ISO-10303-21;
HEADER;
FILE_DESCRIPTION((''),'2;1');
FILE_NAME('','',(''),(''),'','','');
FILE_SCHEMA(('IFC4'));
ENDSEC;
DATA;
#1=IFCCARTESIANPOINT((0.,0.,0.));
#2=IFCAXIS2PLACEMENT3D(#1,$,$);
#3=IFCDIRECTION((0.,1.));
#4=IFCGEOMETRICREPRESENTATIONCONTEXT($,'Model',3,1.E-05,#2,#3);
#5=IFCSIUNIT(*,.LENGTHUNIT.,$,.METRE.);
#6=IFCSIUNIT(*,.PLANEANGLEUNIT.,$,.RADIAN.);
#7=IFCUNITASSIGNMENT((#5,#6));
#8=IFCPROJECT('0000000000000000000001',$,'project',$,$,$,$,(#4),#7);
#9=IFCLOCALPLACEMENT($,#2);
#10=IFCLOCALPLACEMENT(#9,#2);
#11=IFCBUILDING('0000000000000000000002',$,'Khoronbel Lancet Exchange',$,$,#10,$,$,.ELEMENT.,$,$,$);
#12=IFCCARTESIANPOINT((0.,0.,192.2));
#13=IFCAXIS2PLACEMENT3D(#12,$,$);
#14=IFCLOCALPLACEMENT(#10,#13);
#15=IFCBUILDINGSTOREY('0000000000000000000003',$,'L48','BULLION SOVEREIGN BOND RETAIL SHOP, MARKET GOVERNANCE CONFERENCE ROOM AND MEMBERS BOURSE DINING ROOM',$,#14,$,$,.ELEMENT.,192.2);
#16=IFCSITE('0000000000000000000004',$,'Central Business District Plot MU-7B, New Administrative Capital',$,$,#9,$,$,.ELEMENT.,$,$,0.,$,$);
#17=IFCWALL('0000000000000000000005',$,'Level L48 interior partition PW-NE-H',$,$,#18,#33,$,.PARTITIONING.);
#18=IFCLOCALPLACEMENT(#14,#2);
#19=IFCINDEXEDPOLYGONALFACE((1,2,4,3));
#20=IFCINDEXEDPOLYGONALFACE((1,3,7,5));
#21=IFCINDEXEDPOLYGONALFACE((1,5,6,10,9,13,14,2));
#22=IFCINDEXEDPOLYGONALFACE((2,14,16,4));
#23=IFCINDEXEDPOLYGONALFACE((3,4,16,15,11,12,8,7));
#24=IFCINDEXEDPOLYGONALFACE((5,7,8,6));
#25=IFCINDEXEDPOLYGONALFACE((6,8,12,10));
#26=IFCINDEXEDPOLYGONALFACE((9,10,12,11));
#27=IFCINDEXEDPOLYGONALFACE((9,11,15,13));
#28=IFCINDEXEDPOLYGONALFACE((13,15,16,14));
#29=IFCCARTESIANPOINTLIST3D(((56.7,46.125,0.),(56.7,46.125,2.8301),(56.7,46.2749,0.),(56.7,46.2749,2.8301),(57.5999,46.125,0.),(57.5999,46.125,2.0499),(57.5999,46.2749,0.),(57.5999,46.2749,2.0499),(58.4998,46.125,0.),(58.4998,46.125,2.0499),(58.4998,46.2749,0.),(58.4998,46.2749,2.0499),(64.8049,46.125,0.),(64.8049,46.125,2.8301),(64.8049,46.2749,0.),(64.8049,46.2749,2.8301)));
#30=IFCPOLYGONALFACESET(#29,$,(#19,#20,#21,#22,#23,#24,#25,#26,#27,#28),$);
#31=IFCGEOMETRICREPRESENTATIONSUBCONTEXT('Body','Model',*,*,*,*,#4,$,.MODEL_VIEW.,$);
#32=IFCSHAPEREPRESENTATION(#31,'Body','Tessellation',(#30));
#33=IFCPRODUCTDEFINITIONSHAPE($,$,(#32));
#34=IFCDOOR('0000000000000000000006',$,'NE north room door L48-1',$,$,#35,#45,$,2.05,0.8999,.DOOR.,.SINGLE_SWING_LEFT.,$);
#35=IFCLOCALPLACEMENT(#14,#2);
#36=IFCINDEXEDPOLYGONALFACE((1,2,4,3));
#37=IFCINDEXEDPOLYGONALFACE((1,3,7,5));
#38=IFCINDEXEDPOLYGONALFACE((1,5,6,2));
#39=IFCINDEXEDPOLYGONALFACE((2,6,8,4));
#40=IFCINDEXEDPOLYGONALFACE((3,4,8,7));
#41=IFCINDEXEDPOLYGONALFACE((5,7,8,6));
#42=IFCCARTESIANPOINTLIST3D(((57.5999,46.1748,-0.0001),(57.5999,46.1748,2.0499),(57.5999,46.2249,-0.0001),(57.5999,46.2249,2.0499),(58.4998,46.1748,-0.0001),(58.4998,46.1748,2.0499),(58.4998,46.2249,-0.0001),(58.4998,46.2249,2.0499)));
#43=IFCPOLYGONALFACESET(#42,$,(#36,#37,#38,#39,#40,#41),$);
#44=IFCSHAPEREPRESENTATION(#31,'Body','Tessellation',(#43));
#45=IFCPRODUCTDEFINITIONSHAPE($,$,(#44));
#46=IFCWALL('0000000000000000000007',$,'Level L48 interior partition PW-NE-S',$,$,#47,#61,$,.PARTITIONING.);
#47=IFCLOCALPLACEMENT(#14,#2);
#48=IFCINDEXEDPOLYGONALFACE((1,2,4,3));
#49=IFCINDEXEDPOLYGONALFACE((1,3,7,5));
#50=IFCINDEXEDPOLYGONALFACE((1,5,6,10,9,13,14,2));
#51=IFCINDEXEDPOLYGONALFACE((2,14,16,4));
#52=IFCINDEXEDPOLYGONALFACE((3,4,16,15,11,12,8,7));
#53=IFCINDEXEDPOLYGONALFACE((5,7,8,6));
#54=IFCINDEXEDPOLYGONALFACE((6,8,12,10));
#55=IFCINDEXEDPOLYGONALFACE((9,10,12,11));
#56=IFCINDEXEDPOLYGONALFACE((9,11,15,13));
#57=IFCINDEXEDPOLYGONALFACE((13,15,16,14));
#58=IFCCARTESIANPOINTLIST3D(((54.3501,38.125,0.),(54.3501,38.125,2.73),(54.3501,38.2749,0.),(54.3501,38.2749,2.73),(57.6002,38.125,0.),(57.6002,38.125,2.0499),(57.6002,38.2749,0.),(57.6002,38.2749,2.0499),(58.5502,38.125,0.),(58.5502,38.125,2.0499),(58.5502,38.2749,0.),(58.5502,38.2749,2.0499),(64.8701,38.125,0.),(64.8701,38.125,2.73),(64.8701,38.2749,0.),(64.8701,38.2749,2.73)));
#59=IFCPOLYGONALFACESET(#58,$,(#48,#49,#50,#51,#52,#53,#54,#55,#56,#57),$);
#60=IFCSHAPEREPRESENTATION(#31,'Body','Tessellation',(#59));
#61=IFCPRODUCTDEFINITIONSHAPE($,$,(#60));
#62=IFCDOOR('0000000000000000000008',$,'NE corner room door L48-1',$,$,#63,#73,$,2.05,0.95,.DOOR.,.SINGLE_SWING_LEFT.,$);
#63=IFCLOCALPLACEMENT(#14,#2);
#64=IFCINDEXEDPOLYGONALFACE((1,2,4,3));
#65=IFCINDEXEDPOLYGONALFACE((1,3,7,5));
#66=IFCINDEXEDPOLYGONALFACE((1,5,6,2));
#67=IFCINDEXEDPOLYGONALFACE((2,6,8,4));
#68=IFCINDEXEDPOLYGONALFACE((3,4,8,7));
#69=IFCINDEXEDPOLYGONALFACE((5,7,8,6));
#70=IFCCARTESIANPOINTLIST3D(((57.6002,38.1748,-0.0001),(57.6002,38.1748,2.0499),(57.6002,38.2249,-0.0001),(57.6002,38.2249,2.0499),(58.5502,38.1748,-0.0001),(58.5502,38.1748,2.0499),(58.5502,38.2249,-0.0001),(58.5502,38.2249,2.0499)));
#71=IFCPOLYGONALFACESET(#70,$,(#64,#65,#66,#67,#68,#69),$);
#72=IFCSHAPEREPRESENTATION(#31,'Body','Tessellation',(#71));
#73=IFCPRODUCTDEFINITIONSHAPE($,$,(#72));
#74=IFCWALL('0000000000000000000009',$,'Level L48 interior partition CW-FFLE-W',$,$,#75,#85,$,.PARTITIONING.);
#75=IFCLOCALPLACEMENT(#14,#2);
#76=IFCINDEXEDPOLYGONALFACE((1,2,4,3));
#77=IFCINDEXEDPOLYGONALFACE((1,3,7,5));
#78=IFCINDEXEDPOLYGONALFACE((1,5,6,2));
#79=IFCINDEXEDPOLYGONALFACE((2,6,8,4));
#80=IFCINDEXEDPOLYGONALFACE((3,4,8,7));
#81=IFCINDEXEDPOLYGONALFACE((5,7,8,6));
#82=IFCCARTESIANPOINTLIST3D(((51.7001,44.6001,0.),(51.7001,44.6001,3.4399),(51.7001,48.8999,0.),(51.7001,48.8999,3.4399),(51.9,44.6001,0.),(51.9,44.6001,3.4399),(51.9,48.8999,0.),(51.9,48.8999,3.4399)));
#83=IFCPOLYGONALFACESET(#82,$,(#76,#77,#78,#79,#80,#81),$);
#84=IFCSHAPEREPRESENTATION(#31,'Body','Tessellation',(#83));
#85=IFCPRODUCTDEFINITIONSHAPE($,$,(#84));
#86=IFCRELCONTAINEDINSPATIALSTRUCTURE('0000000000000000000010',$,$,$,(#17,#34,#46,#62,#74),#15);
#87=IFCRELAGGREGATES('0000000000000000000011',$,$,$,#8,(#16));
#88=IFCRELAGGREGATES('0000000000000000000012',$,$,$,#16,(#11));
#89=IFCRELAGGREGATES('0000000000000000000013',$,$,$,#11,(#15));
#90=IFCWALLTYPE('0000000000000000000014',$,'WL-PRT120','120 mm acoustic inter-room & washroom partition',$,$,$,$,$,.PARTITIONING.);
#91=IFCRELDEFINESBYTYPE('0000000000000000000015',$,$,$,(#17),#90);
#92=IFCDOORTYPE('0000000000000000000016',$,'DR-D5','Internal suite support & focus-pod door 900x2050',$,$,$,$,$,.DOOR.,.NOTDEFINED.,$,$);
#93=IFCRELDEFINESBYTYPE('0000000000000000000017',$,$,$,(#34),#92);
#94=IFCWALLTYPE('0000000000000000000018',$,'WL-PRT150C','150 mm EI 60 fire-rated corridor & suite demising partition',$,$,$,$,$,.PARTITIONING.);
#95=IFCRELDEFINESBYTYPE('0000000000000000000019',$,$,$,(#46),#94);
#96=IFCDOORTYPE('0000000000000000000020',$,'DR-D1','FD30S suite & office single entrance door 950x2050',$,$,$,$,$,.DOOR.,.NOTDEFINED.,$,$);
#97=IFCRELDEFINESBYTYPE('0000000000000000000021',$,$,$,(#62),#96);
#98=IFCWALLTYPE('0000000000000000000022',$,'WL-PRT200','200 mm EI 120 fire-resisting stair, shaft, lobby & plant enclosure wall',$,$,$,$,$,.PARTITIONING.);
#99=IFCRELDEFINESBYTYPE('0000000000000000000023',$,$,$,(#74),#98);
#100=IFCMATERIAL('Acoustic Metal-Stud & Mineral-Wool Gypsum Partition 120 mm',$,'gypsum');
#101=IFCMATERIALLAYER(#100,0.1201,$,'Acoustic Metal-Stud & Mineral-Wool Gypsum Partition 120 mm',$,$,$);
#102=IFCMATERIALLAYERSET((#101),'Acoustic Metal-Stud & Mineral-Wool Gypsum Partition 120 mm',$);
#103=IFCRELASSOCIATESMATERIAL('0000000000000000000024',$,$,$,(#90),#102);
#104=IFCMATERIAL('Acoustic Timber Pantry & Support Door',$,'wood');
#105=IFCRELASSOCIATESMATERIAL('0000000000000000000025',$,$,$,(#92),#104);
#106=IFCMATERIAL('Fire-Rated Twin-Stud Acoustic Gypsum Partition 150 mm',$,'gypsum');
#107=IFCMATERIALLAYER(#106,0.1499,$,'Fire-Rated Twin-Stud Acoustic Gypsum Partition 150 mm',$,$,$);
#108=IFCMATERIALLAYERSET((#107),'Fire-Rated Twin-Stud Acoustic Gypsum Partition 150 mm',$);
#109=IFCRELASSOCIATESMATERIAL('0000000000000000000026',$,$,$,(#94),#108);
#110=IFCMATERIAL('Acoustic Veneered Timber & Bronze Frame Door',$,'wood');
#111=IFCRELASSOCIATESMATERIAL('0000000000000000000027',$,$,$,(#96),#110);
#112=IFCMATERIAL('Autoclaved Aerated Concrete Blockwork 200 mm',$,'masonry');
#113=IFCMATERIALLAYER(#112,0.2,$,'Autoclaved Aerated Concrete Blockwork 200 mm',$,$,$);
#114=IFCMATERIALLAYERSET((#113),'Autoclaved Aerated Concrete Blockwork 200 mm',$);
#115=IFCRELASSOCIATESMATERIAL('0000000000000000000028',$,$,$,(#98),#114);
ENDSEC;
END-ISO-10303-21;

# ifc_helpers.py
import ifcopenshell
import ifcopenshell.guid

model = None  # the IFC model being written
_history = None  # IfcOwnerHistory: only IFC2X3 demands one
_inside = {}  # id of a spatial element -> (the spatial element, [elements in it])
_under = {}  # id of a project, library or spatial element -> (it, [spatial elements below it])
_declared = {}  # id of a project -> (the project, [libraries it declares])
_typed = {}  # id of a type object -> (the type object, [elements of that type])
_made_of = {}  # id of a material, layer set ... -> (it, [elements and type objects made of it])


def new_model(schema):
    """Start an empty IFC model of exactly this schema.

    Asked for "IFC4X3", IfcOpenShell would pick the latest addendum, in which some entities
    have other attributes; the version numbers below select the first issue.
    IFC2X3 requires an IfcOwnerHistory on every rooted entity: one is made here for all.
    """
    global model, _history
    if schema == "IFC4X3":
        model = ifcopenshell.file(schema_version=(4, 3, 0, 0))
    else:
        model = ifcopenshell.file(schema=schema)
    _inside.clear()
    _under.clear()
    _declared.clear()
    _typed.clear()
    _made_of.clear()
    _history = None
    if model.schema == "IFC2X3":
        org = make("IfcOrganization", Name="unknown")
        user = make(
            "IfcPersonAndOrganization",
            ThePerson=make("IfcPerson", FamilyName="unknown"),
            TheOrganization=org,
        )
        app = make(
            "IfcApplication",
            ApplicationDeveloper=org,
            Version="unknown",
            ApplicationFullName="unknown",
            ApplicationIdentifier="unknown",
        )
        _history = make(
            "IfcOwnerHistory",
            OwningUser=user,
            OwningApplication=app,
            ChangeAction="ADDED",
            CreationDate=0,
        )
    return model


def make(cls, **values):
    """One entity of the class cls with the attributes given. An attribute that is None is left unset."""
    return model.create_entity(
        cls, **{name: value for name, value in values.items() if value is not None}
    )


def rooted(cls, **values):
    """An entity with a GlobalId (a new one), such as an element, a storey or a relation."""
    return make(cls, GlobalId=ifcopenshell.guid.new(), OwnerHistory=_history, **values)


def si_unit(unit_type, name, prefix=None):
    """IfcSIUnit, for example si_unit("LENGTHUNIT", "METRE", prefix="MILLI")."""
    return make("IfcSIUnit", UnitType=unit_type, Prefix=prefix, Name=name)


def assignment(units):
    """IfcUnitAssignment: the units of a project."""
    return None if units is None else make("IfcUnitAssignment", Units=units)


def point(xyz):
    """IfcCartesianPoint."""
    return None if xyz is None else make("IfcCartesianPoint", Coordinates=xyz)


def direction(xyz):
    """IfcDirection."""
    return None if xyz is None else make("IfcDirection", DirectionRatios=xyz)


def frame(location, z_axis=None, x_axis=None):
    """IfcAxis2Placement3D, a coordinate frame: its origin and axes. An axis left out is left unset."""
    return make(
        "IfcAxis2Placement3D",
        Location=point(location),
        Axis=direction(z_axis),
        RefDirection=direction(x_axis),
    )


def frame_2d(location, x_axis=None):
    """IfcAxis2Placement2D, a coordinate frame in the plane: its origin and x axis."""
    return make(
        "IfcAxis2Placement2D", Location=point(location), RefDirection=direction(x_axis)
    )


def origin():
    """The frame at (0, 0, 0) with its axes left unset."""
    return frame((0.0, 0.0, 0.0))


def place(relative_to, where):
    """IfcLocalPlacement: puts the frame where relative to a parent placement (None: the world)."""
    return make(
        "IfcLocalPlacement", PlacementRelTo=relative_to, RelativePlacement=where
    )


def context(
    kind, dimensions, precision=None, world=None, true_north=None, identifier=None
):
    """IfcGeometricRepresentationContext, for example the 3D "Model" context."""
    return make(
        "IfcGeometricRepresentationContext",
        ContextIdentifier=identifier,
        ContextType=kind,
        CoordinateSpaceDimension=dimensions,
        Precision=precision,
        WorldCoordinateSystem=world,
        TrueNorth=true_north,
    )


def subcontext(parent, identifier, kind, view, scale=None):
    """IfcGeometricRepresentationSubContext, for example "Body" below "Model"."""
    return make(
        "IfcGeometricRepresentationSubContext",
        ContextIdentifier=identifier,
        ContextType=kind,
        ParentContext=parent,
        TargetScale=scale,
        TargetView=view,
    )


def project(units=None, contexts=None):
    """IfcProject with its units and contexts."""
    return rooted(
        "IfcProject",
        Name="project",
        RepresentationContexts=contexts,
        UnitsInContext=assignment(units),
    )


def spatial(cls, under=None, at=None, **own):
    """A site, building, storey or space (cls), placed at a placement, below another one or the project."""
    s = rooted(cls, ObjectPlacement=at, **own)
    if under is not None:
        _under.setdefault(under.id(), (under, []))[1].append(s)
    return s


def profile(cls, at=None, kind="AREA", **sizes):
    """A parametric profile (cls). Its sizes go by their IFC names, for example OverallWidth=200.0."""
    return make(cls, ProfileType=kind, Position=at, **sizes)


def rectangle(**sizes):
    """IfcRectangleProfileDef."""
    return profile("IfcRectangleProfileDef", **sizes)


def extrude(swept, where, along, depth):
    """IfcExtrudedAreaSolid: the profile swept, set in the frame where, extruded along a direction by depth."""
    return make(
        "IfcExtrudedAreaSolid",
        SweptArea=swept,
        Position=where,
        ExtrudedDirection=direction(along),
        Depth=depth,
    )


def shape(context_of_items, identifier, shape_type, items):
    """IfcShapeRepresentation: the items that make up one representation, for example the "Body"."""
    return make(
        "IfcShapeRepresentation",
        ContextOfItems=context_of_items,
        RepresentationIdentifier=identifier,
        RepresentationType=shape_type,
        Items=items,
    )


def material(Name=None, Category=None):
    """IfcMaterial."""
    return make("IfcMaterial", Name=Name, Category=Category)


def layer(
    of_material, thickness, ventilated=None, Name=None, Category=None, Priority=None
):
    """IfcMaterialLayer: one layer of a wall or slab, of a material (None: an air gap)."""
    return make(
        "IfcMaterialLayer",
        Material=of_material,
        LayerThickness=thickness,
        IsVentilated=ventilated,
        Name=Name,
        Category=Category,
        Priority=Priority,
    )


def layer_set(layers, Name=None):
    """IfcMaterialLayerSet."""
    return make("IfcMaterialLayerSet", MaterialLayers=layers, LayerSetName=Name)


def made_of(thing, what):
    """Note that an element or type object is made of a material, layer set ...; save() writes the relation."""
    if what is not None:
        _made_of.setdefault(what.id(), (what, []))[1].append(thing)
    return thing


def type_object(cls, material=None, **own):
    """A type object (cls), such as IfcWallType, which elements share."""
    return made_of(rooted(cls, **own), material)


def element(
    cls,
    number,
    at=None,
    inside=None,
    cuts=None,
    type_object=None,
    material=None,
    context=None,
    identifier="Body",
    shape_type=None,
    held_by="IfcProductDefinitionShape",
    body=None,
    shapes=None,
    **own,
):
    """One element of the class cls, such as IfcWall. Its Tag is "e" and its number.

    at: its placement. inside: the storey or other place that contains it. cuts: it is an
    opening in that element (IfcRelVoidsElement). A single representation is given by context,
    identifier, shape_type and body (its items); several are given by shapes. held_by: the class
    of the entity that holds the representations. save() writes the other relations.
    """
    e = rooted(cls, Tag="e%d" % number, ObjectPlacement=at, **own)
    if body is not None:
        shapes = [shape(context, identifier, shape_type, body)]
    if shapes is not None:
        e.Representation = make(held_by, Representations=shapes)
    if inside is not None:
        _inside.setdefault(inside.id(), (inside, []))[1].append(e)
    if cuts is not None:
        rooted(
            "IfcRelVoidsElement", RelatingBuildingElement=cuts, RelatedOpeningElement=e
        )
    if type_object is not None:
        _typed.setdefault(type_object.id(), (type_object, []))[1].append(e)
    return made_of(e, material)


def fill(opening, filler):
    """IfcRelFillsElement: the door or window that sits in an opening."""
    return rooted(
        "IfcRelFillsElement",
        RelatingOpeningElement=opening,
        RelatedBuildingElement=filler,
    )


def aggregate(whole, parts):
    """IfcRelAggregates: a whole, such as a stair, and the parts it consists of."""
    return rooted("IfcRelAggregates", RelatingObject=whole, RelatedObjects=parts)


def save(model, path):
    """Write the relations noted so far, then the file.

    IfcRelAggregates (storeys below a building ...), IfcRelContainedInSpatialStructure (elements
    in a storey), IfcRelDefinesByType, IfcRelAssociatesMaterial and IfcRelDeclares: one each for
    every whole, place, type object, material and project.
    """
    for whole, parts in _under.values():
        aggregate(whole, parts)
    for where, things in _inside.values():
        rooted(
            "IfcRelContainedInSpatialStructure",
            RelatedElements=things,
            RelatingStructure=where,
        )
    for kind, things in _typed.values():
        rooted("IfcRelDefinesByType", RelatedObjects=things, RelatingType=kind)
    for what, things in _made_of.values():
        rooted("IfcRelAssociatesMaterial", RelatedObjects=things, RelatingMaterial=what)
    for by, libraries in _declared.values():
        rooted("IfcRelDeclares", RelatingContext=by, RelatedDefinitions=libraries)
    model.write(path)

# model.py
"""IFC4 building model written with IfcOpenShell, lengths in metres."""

from ifc_helpers import new_model, si_unit, direction, frame, frame_2d, origin, place, context, subcontext, project, spatial, rectangle, extrude, material, layer, layer_set, type_object, element, fill, save


model = new_model("IFC4")

# Units and contexts
model_context = context("Model", 3, precision=1e-05, world=origin(), true_north=direction((0.0, 1.0)))
body_context = subcontext(model_context, "Body", "Model", "MODEL_VIEW")
ifc_project = project(units=[si_unit("LENGTHUNIT", "METRE"), si_unit("PLANEANGLEUNIT", "RADIAN")], contexts=[model_context])

# Site, building, storey
site_placement = place(None, origin())
site = spatial("IfcSite", under=ifc_project, at=site_placement, Name="Central Business District Plot MU-7B, New Administrative Capital", CompositionType="ELEMENT", RefElevation=0.0)
building_placement = place(site_placement, origin())
building = spatial("IfcBuilding", under=site, at=building_placement, Name="Khoronbel Lancet Exchange", CompositionType="ELEMENT")
storey_placement = place(building_placement, frame((0.0, 0.0, 192.2)))
storey = spatial("IfcBuildingStorey", under=building, at=storey_placement, Name="L48", Description="BULLION SOVEREIGN BOND RETAIL SHOP, MARKET GOVERNANCE CONFERENCE ROOM AND MEMBERS BOURSE DINING ROOM", CompositionType="ELEMENT", Elevation=192.2)

# Shared definitions
ifc_material_1 = material(Name="Acoustic Metal-Stud & Mineral-Wool Gypsum Partition 120 mm", Category="gypsum")
ifc_layer_1 = layer(ifc_material_1, 0.1201, Name="Acoustic Metal-Stud & Mineral-Wool Gypsum Partition 120 mm")
ifc_layer_set_1 = layer_set([ifc_layer_1], Name="Acoustic Metal-Stud & Mineral-Wool Gypsum Partition 120 mm")
wall_type_1 = type_object("IfcWallType", Name="WL-PRT120", Description="120 mm acoustic inter-room & washroom partition", PredefinedType="PARTITIONING", material=ifc_layer_set_1)

# Walls, openings, doors
wall_1_placement = place(storey_placement, frame((56.7, 46.2, 0.0), z_axis=(0.0, 0.0, 1.0), x_axis=(1.0, 0.0, 0.0)))
wall_1 = element("IfcWall", 1, at=wall_1_placement, inside=storey, type_object=wall_type_1, Name="Level L48 interior partition PW-NE-H", PredefinedType="PARTITIONING", context=body_context, shape_type="SweptSolid", body=[
    extrude(rectangle(XDim=8.105, YDim=0.1499, at=frame_2d((4.0525, 0.0))), origin(), (0.0, 0.0, 1.0), 2.8301),
])
opening_1_placement = place(wall_1_placement, frame((0.8999, 0.0, 0.0)))
opening_1 = element("IfcOpeningElement", 2, at=opening_1_placement, cuts=wall_1, PredefinedType="OPENING", context=body_context, shape_type="SweptSolid", body=[
    extrude(rectangle(XDim=0.8999, YDim=2.05, at=frame_2d((0.45, 1.0249))), frame((0.0, 0.085, 0.0), z_axis=(0.0, -1.0, 0.0), x_axis=(1.0, 0.0, 0.0)), (0.0, 0.0, 1.0), 0.1699),
])
ifc_material_2 = material(Name="Acoustic Timber Pantry & Support Door", Category="wood")
door_type_1 = type_object("IfcDoorType", Name="DR-D5", Description="Internal suite support & focus-pod door 900x2050", OperationType="NOTDEFINED", PredefinedType="DOOR", material=ifc_material_2)
door_1_placement = place(opening_1_placement, origin())
door_1 = element("IfcDoor", 3, at=door_1_placement, inside=storey, type_object=door_type_1, Name="NE north room door L48-1", OperationType="SINGLE_SWING_LEFT", OverallHeight=2.05, OverallWidth=0.8999, PredefinedType="DOOR", context=body_context, shape_type="SweptSolid", body=[
    extrude(rectangle(XDim=0.8999, YDim=2.05, at=frame_2d((0.45, 1.0249))), frame((0.0, 0.0249, 0.0), z_axis=(0.0, -1.0, 0.0), x_axis=(1.0, 0.0, 0.0)), (0.0, 0.0, 1.0), 0.05),
])
fill(opening_1, door_1)
ifc_material_3 = material(Name="Fire-Rated Twin-Stud Acoustic Gypsum Partition 150 mm", Category="gypsum")
ifc_layer_2 = layer(ifc_material_3, 0.1499, Name="Fire-Rated Twin-Stud Acoustic Gypsum Partition 150 mm")
ifc_layer_set_2 = layer_set([ifc_layer_2], Name="Fire-Rated Twin-Stud Acoustic Gypsum Partition 150 mm")
wall_type_2 = type_object("IfcWallType", Name="WL-PRT150C", Description="150 mm EI 60 fire-rated corridor & suite demising partition", PredefinedType="PARTITIONING", material=ifc_layer_set_2)
wall_2_placement = place(storey_placement, frame((54.3501, 38.2, 0.0), z_axis=(0.0, 0.0, 1.0), x_axis=(1.0, 0.0, 0.0)))
wall_2 = element("IfcWall", 4, at=wall_2_placement, inside=storey, type_object=wall_type_2, Name="Level L48 interior partition PW-NE-S", PredefinedType="PARTITIONING", context=body_context, shape_type="SweptSolid", body=[
    extrude(rectangle(XDim=10.52, YDim=0.1499, at=frame_2d((5.26, 0.0))), origin(), (0.0, 0.0, 1.0), 2.73),
])
opening_2_placement = place(wall_2_placement, frame((3.25, 0.0, 0.0)))
opening_2 = element("IfcOpeningElement", 5, at=opening_2_placement, cuts=wall_2, PredefinedType="OPENING", context=body_context, shape_type="SweptSolid", body=[
    extrude(rectangle(XDim=0.95, YDim=2.05, at=frame_2d((0.4751, 1.0249))), frame((0.0, 0.085, 0.0), z_axis=(0.0, -1.0, 0.0), x_axis=(1.0, 0.0, 0.0)), (0.0, 0.0, 1.0), 0.1699),
])
ifc_material_4 = material(Name="Acoustic Veneered Timber & Bronze Frame Door", Category="wood")
door_type_2 = type_object("IfcDoorType", Name="DR-D1", Description="FD30S suite & office single entrance door 950x2050", OperationType="NOTDEFINED", PredefinedType="DOOR", material=ifc_material_4)
door_2_placement = place(opening_2_placement, origin())
door_2 = element("IfcDoor", 6, at=door_2_placement, inside=storey, type_object=door_type_2, Name="NE corner room door L48-1", OperationType="SINGLE_SWING_LEFT", OverallHeight=2.05, OverallWidth=0.95, PredefinedType="DOOR", context=body_context, shape_type="SweptSolid", body=[
    extrude(rectangle(XDim=0.95, YDim=2.05, at=frame_2d((0.4751, 1.0249))), frame((0.0, 0.0249, 0.0), z_axis=(0.0, -1.0, 0.0), x_axis=(1.0, 0.0, 0.0)), (0.0, 0.0, 1.0), 0.05),
])
fill(opening_2, door_2)

# Wall
ifc_material_5 = material(Name="Autoclaved Aerated Concrete Blockwork 200 mm", Category="masonry")
ifc_layer_3 = layer(ifc_material_5, 0.2, Name="Autoclaved Aerated Concrete Blockwork 200 mm")
ifc_layer_set_3 = layer_set([ifc_layer_3], Name="Autoclaved Aerated Concrete Blockwork 200 mm")
wall_type_3 = type_object("IfcWallType", Name="WL-PRT200", Description="200 mm EI 120 fire-resisting stair, shaft, lobby & plant enclosure wall", PredefinedType="PARTITIONING", material=ifc_layer_set_3)
wall_3_placement = place(storey_placement, frame((51.8, 44.6001, 0.0), z_axis=(0.0, 0.0, 1.0), x_axis=(0.0, 1.0, 0.0)))
element("IfcWall", 7, at=wall_3_placement, inside=storey, type_object=wall_type_3, Name="Level L48 interior partition CW-FFLE-W", PredefinedType="PARTITIONING", context=body_context, shape_type="SweptSolid", body=[
    extrude(rectangle(XDim=4.2998, YDim=0.2, at=frame_2d((2.1499, 0.0))), origin(), (0.0, 0.0, 1.0), 3.4399),
])

save(model, "model.ifc")
